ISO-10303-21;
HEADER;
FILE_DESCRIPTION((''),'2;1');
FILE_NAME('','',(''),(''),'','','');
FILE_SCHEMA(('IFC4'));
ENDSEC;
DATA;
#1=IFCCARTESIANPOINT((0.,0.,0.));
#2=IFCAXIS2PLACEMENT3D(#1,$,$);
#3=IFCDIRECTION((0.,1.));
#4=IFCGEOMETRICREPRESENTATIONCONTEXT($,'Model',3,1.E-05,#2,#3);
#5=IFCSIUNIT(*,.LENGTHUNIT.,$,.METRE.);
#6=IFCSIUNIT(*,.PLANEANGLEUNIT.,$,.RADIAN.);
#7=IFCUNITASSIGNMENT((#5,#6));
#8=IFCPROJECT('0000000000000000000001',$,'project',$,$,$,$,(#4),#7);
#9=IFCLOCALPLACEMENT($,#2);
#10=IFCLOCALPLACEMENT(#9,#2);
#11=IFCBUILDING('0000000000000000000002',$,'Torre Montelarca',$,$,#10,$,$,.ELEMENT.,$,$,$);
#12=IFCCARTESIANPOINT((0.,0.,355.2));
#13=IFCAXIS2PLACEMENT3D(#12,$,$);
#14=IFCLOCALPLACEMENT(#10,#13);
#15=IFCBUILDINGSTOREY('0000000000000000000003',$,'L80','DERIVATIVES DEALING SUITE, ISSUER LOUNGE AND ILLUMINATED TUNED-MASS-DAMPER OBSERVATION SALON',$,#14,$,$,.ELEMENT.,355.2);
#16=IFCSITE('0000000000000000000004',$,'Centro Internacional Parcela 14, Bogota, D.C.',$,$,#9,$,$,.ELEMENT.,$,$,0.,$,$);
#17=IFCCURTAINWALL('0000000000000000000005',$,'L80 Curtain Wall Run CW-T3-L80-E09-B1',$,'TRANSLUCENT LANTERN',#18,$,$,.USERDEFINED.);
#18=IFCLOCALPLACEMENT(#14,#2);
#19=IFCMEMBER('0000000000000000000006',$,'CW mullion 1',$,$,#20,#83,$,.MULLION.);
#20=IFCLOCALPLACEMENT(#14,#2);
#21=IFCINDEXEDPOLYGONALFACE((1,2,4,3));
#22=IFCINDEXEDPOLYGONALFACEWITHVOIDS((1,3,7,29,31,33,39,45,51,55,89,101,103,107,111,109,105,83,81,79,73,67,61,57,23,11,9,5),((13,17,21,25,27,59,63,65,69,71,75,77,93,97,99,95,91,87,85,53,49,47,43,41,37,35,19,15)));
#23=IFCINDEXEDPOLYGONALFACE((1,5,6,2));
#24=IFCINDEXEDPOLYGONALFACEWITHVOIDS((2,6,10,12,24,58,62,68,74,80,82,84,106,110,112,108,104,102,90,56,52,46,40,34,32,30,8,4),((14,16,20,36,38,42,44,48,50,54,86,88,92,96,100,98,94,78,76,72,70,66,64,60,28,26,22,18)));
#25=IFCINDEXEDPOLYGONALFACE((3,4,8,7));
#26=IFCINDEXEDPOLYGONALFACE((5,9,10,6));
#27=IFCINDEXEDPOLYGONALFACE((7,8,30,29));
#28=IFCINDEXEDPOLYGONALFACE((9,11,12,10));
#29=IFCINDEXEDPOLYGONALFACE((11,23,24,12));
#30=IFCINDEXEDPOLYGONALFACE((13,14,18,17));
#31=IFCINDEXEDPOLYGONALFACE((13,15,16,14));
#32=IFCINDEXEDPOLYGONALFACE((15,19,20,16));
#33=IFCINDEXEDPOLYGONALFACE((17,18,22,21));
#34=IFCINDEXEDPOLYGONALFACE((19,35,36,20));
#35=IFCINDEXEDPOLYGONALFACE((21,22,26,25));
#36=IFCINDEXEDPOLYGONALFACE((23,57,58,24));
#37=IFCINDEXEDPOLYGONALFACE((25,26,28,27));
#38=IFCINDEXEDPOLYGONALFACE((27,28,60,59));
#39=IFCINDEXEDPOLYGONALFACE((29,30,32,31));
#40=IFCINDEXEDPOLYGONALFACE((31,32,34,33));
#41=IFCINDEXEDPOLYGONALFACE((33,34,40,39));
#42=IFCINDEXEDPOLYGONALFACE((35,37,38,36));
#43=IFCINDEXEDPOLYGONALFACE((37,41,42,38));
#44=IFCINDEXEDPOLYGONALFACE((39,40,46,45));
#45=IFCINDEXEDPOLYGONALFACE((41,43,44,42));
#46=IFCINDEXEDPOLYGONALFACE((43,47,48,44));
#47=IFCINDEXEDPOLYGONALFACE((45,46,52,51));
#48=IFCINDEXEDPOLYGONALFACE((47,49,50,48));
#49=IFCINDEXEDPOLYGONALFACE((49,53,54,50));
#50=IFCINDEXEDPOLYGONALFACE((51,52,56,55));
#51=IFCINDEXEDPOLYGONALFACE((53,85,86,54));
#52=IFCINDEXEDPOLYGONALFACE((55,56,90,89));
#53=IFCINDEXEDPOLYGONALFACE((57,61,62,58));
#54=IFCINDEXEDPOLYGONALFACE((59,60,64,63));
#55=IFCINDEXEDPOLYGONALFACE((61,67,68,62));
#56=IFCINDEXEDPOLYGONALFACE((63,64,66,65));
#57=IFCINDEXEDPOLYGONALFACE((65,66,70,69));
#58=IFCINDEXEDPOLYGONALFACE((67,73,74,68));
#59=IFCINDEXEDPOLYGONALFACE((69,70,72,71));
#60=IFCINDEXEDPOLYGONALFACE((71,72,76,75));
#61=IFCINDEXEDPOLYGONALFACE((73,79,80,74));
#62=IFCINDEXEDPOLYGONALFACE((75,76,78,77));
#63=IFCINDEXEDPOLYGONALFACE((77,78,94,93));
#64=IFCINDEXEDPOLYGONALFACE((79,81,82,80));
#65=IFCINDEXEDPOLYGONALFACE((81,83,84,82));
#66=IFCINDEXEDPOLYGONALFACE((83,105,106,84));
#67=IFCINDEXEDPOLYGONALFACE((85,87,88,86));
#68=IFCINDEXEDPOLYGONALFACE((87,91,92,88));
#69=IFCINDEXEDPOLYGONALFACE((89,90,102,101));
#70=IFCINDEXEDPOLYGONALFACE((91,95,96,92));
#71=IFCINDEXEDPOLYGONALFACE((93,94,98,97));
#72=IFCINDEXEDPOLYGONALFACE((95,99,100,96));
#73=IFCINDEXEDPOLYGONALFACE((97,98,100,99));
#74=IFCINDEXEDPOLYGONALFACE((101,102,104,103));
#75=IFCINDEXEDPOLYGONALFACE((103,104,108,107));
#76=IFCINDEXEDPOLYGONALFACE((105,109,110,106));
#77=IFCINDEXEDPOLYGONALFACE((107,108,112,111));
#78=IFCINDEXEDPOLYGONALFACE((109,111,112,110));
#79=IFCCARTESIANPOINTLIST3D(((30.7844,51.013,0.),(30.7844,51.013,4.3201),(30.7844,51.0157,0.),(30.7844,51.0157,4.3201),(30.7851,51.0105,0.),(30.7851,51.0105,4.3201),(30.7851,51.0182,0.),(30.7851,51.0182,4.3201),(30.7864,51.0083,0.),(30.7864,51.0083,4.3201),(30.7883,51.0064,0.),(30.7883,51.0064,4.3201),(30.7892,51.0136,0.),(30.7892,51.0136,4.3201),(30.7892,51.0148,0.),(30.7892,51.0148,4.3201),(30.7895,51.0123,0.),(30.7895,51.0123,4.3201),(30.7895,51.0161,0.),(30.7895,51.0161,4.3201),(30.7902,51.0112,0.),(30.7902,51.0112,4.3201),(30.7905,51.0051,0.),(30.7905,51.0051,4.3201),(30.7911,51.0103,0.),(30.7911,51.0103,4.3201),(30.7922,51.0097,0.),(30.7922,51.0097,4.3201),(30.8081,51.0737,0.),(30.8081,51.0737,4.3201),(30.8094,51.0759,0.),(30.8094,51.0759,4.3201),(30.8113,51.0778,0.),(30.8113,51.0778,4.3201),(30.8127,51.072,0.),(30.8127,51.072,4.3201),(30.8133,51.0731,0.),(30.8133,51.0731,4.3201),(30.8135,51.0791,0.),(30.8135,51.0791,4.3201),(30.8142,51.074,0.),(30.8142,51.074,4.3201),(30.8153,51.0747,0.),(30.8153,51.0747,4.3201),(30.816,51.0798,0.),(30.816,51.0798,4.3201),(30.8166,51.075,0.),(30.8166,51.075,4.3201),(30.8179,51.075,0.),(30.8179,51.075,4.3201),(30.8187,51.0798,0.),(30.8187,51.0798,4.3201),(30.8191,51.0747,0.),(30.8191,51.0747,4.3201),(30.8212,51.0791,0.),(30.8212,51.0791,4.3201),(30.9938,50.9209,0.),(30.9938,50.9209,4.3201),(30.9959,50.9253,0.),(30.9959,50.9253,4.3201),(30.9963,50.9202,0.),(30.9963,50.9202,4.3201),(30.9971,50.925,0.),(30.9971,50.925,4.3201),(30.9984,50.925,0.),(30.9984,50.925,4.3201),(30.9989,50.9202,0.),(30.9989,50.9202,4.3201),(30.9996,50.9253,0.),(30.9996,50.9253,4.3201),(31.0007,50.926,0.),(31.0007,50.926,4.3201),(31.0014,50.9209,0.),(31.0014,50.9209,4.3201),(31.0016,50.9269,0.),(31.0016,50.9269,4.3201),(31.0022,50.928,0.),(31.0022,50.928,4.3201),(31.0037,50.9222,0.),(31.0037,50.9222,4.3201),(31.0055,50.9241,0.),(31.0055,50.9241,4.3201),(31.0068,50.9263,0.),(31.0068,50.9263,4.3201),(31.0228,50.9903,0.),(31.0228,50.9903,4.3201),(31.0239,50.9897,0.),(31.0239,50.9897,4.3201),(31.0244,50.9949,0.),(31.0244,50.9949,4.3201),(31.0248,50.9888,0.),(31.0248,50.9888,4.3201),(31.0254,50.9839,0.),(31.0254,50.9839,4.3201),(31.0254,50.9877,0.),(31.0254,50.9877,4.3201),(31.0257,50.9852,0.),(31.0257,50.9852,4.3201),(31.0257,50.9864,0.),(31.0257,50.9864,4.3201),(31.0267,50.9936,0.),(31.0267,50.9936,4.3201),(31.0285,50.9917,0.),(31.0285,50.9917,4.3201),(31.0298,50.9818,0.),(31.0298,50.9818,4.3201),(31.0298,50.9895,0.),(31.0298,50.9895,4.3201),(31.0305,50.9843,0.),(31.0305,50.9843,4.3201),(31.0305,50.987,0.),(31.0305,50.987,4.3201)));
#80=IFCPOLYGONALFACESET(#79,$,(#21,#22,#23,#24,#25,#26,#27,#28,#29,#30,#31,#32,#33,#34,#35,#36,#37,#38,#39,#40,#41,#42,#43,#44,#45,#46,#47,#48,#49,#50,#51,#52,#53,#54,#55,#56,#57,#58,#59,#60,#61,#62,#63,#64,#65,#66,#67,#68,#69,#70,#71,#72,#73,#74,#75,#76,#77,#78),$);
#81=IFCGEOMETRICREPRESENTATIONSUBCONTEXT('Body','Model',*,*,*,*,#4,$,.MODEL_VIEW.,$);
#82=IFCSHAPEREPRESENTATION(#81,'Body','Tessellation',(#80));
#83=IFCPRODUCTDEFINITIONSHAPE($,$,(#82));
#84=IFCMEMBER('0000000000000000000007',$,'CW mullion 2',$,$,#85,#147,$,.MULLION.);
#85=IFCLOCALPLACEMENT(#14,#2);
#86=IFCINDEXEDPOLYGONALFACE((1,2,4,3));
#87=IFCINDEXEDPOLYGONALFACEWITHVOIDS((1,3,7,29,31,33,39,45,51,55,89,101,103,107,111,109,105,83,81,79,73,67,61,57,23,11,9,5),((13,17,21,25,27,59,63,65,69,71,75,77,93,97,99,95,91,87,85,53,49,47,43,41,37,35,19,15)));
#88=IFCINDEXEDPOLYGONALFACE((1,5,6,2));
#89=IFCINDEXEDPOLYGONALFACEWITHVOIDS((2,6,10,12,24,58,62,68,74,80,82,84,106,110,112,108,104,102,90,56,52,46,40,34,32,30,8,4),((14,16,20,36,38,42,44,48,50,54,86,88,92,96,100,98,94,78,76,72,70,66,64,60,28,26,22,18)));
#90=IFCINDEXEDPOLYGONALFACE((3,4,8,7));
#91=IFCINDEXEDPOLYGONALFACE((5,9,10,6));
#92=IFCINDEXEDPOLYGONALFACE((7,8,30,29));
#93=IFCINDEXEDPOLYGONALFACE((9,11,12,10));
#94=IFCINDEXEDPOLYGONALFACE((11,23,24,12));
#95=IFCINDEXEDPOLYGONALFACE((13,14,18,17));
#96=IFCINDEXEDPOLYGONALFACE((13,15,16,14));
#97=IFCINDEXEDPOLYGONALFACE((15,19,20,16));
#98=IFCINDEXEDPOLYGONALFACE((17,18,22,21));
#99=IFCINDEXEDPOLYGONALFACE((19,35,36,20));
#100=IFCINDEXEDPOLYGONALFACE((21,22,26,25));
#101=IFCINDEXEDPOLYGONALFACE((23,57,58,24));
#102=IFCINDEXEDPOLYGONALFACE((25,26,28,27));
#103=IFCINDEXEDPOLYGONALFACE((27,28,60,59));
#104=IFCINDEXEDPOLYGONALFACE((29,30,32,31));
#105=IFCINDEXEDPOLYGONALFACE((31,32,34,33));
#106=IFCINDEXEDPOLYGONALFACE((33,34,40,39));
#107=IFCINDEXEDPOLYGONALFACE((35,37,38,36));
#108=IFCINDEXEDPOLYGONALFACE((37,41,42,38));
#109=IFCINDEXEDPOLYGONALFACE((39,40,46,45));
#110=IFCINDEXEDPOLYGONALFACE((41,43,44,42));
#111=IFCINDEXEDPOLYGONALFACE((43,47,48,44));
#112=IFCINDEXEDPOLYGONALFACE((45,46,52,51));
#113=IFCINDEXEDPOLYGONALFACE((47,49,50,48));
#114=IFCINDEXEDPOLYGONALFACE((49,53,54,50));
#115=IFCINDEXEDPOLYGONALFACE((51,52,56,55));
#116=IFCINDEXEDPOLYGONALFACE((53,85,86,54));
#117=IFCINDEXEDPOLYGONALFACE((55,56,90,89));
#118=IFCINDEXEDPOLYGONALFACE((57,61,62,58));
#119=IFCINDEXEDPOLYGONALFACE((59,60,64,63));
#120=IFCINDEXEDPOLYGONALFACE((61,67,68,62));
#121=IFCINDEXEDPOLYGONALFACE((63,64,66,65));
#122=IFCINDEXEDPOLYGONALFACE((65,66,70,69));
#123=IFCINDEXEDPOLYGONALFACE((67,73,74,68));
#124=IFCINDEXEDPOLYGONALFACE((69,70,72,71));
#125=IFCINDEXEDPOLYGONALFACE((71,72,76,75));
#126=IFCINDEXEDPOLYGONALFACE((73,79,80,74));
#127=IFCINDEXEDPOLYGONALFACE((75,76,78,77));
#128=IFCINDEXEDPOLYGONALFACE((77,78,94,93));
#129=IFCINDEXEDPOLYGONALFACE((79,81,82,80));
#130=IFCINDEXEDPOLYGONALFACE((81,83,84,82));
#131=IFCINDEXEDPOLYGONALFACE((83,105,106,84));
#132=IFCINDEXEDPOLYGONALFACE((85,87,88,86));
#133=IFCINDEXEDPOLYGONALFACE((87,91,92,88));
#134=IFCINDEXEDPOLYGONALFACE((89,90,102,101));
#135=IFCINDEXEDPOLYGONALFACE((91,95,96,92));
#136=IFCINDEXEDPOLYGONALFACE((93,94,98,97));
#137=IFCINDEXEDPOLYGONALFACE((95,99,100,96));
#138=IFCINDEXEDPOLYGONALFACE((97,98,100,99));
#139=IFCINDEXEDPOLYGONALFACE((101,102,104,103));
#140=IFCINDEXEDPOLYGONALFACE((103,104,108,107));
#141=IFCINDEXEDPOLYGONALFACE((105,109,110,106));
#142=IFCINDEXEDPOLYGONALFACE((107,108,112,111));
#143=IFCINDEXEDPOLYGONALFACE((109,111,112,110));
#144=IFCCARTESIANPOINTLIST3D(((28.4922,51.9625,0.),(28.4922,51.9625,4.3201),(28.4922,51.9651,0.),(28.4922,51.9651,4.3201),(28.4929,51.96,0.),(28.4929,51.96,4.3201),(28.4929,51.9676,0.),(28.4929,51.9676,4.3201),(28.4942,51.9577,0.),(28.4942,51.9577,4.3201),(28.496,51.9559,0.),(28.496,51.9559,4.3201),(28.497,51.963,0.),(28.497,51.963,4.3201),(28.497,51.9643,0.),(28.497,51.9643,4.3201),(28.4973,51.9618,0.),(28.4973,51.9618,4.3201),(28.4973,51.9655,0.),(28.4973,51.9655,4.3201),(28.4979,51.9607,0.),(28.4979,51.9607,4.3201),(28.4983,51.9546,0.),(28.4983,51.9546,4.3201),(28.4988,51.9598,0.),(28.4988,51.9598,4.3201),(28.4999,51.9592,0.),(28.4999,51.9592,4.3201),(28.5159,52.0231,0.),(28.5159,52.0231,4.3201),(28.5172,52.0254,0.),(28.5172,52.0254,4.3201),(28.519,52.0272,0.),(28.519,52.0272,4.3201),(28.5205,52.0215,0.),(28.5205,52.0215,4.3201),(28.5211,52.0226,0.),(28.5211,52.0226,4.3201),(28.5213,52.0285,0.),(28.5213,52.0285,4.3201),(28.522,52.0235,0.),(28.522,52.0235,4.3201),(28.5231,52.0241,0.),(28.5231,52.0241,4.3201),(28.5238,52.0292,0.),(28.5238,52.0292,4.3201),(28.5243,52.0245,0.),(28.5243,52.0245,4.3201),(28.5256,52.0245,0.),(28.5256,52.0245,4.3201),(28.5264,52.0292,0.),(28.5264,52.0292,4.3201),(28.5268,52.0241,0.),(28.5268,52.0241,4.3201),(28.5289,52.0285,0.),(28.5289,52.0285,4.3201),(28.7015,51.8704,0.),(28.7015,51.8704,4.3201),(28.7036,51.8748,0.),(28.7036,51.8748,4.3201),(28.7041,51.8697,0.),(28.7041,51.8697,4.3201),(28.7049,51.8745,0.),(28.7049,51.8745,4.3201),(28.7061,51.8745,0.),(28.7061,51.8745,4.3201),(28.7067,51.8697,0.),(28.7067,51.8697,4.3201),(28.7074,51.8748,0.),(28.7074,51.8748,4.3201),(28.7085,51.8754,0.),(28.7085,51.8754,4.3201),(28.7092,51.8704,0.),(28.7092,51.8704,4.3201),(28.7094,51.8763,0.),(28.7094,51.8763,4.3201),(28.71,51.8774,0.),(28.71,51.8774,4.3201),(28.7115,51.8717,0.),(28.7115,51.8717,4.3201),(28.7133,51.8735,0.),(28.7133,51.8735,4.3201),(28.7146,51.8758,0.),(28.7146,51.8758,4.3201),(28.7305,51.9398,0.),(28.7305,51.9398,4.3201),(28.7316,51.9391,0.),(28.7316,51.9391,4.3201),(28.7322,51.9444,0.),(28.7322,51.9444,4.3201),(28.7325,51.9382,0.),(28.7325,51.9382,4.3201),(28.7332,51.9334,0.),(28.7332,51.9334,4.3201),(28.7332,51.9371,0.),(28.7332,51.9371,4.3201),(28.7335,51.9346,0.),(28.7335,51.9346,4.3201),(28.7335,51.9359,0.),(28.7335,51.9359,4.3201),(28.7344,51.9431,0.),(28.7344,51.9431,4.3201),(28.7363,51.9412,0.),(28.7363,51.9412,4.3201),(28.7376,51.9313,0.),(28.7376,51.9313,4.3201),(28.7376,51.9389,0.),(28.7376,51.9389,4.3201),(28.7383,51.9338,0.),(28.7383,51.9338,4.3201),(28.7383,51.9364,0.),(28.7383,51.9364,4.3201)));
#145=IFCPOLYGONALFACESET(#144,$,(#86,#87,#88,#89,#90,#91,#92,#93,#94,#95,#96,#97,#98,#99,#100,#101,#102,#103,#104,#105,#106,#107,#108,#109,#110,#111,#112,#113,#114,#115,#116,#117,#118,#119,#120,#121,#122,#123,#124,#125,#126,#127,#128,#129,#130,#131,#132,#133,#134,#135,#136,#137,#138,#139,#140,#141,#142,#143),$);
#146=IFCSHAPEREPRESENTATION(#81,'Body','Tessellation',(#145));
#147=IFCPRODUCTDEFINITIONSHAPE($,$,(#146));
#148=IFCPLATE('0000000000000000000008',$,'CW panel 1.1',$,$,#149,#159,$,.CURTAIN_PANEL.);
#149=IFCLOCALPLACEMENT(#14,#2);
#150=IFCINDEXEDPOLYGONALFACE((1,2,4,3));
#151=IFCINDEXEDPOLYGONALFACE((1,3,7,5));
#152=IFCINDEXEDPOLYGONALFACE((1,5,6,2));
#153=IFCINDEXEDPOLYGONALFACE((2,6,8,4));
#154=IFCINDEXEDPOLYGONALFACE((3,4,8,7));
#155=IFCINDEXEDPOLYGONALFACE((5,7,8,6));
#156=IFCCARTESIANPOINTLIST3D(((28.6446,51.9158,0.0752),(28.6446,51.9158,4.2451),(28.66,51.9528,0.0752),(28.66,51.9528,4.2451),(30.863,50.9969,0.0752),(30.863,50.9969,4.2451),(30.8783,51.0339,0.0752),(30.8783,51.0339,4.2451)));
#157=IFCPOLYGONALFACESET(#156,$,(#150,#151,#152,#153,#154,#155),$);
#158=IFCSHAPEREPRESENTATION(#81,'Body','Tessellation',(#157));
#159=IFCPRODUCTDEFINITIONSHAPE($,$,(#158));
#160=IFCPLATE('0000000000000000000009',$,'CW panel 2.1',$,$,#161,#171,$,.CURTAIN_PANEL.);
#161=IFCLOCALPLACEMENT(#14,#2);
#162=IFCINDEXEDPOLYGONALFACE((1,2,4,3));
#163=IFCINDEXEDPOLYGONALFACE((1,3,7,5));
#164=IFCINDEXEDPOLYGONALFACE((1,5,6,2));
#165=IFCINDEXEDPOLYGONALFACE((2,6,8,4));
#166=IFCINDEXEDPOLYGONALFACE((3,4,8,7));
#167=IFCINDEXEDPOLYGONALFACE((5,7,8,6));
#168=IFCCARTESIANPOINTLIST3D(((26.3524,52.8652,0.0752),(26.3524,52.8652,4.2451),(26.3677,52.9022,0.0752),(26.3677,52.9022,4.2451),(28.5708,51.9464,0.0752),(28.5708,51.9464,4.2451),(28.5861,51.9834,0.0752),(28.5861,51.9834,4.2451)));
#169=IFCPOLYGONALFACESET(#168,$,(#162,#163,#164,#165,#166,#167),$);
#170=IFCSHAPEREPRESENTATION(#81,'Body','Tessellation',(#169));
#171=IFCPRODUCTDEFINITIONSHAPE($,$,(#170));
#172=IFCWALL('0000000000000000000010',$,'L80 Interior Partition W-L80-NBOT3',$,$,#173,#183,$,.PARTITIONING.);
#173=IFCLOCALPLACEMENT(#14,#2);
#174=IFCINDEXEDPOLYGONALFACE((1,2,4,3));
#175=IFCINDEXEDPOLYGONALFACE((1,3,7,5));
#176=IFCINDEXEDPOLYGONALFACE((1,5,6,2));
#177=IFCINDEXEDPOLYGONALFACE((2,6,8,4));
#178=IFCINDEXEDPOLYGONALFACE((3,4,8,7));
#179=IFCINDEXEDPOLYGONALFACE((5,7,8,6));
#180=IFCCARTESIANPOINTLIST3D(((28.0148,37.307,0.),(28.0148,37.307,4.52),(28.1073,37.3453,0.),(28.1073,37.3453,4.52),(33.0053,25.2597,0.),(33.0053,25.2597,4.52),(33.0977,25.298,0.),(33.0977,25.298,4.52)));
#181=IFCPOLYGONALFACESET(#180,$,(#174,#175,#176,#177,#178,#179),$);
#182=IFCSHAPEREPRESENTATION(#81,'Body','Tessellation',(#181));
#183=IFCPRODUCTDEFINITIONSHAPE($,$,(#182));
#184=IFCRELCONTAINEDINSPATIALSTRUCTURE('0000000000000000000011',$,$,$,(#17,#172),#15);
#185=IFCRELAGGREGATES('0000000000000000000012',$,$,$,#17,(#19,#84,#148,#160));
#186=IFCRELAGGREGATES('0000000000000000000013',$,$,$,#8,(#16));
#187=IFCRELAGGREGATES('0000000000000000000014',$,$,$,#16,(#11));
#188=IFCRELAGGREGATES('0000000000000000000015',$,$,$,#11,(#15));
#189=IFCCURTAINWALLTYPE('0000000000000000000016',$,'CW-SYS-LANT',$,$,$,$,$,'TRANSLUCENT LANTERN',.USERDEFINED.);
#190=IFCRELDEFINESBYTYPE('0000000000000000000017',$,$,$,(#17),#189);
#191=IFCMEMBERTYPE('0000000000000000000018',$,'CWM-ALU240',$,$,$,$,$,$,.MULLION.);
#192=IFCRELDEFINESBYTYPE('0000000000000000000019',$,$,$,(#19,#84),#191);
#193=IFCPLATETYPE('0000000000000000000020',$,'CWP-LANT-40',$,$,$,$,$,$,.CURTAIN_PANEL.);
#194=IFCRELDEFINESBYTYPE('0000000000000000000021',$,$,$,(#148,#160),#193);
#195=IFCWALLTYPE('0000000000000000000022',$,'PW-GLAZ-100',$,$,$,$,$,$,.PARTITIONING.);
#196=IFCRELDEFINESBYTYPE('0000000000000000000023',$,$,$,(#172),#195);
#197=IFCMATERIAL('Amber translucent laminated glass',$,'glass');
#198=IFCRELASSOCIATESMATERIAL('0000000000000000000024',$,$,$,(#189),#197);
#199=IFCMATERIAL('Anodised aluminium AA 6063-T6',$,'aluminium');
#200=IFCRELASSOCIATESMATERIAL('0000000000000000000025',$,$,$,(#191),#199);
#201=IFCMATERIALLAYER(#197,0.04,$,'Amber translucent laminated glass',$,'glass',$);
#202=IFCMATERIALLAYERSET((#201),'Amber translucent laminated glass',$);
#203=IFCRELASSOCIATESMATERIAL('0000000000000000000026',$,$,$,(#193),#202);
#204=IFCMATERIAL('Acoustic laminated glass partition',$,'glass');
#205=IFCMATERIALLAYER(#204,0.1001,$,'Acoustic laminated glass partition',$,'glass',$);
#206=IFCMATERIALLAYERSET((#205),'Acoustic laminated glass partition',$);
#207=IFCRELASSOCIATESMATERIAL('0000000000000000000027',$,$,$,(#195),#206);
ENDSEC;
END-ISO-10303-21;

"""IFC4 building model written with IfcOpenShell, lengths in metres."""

from ifc_helpers import new_model, si_unit, direction, frame, frame_2d, origin, origin_2d, place, context, subcontext, project, spatial, rectangle, hollow_rectangle, extrude, source, transform, mapped, material, layer, layer_set, material_profile, profile_set, type_object, element, aggregate, save


model = new_model("IFC4")

# Units and contexts
model_context = context("Model", 3, precision=1e-05, world=origin(), true_north=direction((0.0, 1.0)))
body_context = subcontext(model_context, "Body", "Model", "MODEL_VIEW")
ifc_project = project(units=[si_unit("LENGTHUNIT", "METRE"), si_unit("PLANEANGLEUNIT", "RADIAN")], contexts=[model_context])

# Site, building, storey
site_placement = place(None, origin())
site = spatial("IfcSite", under=ifc_project, at=site_placement, Name="Centro Internacional Parcela 14, Bogota, D.C.", CompositionType="ELEMENT", RefElevation=0.0)
building_placement = place(site_placement, origin())
building = spatial("IfcBuilding", under=site, at=building_placement, Name="Torre Montelarca", CompositionType="ELEMENT")
storey_placement = place(building_placement, frame((0.0, 0.0, 355.2)))
storey = spatial("IfcBuildingStorey", under=building, at=storey_placement, Name="L80", Description="DERIVATIVES DEALING SUITE, ISSUER LOUNGE AND ILLUMINATED TUNED-MASS-DAMPER OBSERVATION SALON", CompositionType="ELEMENT", Elevation=355.2)

# Curtain wall, members, plates
ifc_material_1 = material(Name="Amber translucent laminated glass", Category="glass")
curtain_wall_type = type_object("IfcCurtainWallType", Name="CW-SYS-LANT", ElementType="TRANSLUCENT LANTERN", PredefinedType="USERDEFINED", material=ifc_material_1)
curtain_wall_placement = place(storey_placement, origin())
curtain_wall = element("IfcCurtainWall", 1, at=curtain_wall_placement, inside=storey, type_object=curtain_wall_type, Name="L80 Curtain Wall Run CW-T3-L80-E09-B1", ObjectType="TRANSLUCENT LANTERN", PredefinedType="USERDEFINED")
ifc_material_2 = material(Name="Anodised aluminium AA 6063-T6", Category="aluminium")
ifc_material_profile_1 = material_profile(ifc_material_2, hollow_rectangle(XDim=0.0801, YDim=0.24, WallThickness=0.0049, InnerFilletRadius=0.0049, OuterFilletRadius=0.01, at=origin_2d()), Name="ALU80X240X5", Category="aluminium")
ifc_profile_set_1 = profile_set([ifc_material_profile_1], Name="Anodised aluminium AA 6063-T6")
member_type_1 = type_object("IfcMemberType", Name="CWM-ALU240", PredefinedType="MULLION", material=ifc_profile_set_1)
shared_shape_1 = source(origin(), body_context, "Body", "SweptSolid", [
    extrude(hollow_rectangle(XDim=0.0801, YDim=0.24, WallThickness=0.0049, InnerFilletRadius=0.0049, OuterFilletRadius=0.01, at=origin_2d()), origin(), (0.0, 0.0, 1.0), 4.3201),
])
member_1_placement = place(storey_placement, frame((30.9075, 51.0, 0.0), z_axis=(0.0, 0.0, 1.0), x_axis=(-0.382671, -0.923885, 0.0)))
member_1 = element("IfcMember", 2, at=member_1_placement, type_object=member_type_1, Name="CW mullion 1", PredefinedType="MULLION", context=body_context, shape_type="MappedRepresentation", body=[
    mapped(shared_shape_1, transform((0.0, 0.0, 0.0), scale=1.0)),
])
member_2_placement = place(storey_placement, frame((28.6152, 51.9495, 0.0), z_axis=(0.0, 0.0, 1.0), x_axis=(-0.382671, -0.923885, 0.0)))
member_2 = element("IfcMember", 3, at=member_2_placement, type_object=member_type_1, Name="CW mullion 2", PredefinedType="MULLION", context=body_context, shape_type="MappedRepresentation", body=[
    mapped(shared_shape_1, transform((0.0, 0.0, 0.0), scale=1.0)),
])
ifc_layer_1 = layer(ifc_material_1, 0.04, Name="Amber translucent laminated glass", Category="glass")
ifc_layer_set_1 = layer_set([ifc_layer_1], Name="Amber translucent laminated glass")
plate_type = type_object("IfcPlateType", Name="CWP-LANT-40", PredefinedType="CURTAIN_PANEL", material=ifc_layer_set_1)
shared_shape_2 = source(origin(), body_context, "Body", "SweptSolid", [
    extrude(rectangle(XDim=2.4011, YDim=0.04, at=origin_2d()), origin(), (0.0, 0.0, 1.0), 4.1699),
])
plate_1_placement = place(storey_placement, frame((29.7615, 51.4749, 0.0752), z_axis=(0.0, 0.0, 1.0), x_axis=(-0.923885, 0.382671, 0.0)))
plate_1 = element("IfcPlate", 4, at=plate_1_placement, type_object=plate_type, Name="CW panel 1.1", PredefinedType="CURTAIN_PANEL", context=body_context, shape_type="MappedRepresentation", body=[
    mapped(shared_shape_2, transform((0.0, 0.0, 0.0), scale=1.0)),
])
plate_2_placement = place(storey_placement, frame((27.4692, 52.4243, 0.0752), z_axis=(0.0, 0.0, 1.0), x_axis=(-0.923885, 0.382671, 0.0)))
plate_2 = element("IfcPlate", 5, at=plate_2_placement, type_object=plate_type, Name="CW panel 2.1", PredefinedType="CURTAIN_PANEL", context=body_context, shape_type="MappedRepresentation", body=[
    mapped(shared_shape_2, transform((0.0, 0.0, 0.0), scale=1.0)),
])
aggregate(curtain_wall, [member_1, member_2, plate_1, plate_2])

# Wall
ifc_material_3 = material(Name="Acoustic laminated glass partition", Category="glass")
ifc_layer_2 = layer(ifc_material_3, 0.1001, Name="Acoustic laminated glass partition", Category="glass")
ifc_layer_set_2 = layer_set([ifc_layer_2], Name="Acoustic laminated glass partition")
wall_type_1 = type_object("IfcWallType", Name="PW-GLAZ-100", PredefinedType="PARTITIONING", material=ifc_layer_set_2)
wall_1_placement = place(storey_placement, frame((28.061, 37.3262, 0.0), z_axis=(0.0, 0.0, 1.0), x_axis=(0.382703, -0.923871, 0.0)))
element("IfcWall", 6, at=wall_1_placement, inside=storey, type_object=wall_type_1, Name="L80 Interior Partition W-L80-NBOT3", PredefinedType="PARTITIONING", context=body_context, shape_type="SweptSolid", body=[
    extrude(rectangle(XDim=13.04, YDim=0.1001, at=frame_2d((6.52, 0.0))), origin(), (0.0, 0.0, 1.0), 4.52),
])

save(model, "model.ifc")
